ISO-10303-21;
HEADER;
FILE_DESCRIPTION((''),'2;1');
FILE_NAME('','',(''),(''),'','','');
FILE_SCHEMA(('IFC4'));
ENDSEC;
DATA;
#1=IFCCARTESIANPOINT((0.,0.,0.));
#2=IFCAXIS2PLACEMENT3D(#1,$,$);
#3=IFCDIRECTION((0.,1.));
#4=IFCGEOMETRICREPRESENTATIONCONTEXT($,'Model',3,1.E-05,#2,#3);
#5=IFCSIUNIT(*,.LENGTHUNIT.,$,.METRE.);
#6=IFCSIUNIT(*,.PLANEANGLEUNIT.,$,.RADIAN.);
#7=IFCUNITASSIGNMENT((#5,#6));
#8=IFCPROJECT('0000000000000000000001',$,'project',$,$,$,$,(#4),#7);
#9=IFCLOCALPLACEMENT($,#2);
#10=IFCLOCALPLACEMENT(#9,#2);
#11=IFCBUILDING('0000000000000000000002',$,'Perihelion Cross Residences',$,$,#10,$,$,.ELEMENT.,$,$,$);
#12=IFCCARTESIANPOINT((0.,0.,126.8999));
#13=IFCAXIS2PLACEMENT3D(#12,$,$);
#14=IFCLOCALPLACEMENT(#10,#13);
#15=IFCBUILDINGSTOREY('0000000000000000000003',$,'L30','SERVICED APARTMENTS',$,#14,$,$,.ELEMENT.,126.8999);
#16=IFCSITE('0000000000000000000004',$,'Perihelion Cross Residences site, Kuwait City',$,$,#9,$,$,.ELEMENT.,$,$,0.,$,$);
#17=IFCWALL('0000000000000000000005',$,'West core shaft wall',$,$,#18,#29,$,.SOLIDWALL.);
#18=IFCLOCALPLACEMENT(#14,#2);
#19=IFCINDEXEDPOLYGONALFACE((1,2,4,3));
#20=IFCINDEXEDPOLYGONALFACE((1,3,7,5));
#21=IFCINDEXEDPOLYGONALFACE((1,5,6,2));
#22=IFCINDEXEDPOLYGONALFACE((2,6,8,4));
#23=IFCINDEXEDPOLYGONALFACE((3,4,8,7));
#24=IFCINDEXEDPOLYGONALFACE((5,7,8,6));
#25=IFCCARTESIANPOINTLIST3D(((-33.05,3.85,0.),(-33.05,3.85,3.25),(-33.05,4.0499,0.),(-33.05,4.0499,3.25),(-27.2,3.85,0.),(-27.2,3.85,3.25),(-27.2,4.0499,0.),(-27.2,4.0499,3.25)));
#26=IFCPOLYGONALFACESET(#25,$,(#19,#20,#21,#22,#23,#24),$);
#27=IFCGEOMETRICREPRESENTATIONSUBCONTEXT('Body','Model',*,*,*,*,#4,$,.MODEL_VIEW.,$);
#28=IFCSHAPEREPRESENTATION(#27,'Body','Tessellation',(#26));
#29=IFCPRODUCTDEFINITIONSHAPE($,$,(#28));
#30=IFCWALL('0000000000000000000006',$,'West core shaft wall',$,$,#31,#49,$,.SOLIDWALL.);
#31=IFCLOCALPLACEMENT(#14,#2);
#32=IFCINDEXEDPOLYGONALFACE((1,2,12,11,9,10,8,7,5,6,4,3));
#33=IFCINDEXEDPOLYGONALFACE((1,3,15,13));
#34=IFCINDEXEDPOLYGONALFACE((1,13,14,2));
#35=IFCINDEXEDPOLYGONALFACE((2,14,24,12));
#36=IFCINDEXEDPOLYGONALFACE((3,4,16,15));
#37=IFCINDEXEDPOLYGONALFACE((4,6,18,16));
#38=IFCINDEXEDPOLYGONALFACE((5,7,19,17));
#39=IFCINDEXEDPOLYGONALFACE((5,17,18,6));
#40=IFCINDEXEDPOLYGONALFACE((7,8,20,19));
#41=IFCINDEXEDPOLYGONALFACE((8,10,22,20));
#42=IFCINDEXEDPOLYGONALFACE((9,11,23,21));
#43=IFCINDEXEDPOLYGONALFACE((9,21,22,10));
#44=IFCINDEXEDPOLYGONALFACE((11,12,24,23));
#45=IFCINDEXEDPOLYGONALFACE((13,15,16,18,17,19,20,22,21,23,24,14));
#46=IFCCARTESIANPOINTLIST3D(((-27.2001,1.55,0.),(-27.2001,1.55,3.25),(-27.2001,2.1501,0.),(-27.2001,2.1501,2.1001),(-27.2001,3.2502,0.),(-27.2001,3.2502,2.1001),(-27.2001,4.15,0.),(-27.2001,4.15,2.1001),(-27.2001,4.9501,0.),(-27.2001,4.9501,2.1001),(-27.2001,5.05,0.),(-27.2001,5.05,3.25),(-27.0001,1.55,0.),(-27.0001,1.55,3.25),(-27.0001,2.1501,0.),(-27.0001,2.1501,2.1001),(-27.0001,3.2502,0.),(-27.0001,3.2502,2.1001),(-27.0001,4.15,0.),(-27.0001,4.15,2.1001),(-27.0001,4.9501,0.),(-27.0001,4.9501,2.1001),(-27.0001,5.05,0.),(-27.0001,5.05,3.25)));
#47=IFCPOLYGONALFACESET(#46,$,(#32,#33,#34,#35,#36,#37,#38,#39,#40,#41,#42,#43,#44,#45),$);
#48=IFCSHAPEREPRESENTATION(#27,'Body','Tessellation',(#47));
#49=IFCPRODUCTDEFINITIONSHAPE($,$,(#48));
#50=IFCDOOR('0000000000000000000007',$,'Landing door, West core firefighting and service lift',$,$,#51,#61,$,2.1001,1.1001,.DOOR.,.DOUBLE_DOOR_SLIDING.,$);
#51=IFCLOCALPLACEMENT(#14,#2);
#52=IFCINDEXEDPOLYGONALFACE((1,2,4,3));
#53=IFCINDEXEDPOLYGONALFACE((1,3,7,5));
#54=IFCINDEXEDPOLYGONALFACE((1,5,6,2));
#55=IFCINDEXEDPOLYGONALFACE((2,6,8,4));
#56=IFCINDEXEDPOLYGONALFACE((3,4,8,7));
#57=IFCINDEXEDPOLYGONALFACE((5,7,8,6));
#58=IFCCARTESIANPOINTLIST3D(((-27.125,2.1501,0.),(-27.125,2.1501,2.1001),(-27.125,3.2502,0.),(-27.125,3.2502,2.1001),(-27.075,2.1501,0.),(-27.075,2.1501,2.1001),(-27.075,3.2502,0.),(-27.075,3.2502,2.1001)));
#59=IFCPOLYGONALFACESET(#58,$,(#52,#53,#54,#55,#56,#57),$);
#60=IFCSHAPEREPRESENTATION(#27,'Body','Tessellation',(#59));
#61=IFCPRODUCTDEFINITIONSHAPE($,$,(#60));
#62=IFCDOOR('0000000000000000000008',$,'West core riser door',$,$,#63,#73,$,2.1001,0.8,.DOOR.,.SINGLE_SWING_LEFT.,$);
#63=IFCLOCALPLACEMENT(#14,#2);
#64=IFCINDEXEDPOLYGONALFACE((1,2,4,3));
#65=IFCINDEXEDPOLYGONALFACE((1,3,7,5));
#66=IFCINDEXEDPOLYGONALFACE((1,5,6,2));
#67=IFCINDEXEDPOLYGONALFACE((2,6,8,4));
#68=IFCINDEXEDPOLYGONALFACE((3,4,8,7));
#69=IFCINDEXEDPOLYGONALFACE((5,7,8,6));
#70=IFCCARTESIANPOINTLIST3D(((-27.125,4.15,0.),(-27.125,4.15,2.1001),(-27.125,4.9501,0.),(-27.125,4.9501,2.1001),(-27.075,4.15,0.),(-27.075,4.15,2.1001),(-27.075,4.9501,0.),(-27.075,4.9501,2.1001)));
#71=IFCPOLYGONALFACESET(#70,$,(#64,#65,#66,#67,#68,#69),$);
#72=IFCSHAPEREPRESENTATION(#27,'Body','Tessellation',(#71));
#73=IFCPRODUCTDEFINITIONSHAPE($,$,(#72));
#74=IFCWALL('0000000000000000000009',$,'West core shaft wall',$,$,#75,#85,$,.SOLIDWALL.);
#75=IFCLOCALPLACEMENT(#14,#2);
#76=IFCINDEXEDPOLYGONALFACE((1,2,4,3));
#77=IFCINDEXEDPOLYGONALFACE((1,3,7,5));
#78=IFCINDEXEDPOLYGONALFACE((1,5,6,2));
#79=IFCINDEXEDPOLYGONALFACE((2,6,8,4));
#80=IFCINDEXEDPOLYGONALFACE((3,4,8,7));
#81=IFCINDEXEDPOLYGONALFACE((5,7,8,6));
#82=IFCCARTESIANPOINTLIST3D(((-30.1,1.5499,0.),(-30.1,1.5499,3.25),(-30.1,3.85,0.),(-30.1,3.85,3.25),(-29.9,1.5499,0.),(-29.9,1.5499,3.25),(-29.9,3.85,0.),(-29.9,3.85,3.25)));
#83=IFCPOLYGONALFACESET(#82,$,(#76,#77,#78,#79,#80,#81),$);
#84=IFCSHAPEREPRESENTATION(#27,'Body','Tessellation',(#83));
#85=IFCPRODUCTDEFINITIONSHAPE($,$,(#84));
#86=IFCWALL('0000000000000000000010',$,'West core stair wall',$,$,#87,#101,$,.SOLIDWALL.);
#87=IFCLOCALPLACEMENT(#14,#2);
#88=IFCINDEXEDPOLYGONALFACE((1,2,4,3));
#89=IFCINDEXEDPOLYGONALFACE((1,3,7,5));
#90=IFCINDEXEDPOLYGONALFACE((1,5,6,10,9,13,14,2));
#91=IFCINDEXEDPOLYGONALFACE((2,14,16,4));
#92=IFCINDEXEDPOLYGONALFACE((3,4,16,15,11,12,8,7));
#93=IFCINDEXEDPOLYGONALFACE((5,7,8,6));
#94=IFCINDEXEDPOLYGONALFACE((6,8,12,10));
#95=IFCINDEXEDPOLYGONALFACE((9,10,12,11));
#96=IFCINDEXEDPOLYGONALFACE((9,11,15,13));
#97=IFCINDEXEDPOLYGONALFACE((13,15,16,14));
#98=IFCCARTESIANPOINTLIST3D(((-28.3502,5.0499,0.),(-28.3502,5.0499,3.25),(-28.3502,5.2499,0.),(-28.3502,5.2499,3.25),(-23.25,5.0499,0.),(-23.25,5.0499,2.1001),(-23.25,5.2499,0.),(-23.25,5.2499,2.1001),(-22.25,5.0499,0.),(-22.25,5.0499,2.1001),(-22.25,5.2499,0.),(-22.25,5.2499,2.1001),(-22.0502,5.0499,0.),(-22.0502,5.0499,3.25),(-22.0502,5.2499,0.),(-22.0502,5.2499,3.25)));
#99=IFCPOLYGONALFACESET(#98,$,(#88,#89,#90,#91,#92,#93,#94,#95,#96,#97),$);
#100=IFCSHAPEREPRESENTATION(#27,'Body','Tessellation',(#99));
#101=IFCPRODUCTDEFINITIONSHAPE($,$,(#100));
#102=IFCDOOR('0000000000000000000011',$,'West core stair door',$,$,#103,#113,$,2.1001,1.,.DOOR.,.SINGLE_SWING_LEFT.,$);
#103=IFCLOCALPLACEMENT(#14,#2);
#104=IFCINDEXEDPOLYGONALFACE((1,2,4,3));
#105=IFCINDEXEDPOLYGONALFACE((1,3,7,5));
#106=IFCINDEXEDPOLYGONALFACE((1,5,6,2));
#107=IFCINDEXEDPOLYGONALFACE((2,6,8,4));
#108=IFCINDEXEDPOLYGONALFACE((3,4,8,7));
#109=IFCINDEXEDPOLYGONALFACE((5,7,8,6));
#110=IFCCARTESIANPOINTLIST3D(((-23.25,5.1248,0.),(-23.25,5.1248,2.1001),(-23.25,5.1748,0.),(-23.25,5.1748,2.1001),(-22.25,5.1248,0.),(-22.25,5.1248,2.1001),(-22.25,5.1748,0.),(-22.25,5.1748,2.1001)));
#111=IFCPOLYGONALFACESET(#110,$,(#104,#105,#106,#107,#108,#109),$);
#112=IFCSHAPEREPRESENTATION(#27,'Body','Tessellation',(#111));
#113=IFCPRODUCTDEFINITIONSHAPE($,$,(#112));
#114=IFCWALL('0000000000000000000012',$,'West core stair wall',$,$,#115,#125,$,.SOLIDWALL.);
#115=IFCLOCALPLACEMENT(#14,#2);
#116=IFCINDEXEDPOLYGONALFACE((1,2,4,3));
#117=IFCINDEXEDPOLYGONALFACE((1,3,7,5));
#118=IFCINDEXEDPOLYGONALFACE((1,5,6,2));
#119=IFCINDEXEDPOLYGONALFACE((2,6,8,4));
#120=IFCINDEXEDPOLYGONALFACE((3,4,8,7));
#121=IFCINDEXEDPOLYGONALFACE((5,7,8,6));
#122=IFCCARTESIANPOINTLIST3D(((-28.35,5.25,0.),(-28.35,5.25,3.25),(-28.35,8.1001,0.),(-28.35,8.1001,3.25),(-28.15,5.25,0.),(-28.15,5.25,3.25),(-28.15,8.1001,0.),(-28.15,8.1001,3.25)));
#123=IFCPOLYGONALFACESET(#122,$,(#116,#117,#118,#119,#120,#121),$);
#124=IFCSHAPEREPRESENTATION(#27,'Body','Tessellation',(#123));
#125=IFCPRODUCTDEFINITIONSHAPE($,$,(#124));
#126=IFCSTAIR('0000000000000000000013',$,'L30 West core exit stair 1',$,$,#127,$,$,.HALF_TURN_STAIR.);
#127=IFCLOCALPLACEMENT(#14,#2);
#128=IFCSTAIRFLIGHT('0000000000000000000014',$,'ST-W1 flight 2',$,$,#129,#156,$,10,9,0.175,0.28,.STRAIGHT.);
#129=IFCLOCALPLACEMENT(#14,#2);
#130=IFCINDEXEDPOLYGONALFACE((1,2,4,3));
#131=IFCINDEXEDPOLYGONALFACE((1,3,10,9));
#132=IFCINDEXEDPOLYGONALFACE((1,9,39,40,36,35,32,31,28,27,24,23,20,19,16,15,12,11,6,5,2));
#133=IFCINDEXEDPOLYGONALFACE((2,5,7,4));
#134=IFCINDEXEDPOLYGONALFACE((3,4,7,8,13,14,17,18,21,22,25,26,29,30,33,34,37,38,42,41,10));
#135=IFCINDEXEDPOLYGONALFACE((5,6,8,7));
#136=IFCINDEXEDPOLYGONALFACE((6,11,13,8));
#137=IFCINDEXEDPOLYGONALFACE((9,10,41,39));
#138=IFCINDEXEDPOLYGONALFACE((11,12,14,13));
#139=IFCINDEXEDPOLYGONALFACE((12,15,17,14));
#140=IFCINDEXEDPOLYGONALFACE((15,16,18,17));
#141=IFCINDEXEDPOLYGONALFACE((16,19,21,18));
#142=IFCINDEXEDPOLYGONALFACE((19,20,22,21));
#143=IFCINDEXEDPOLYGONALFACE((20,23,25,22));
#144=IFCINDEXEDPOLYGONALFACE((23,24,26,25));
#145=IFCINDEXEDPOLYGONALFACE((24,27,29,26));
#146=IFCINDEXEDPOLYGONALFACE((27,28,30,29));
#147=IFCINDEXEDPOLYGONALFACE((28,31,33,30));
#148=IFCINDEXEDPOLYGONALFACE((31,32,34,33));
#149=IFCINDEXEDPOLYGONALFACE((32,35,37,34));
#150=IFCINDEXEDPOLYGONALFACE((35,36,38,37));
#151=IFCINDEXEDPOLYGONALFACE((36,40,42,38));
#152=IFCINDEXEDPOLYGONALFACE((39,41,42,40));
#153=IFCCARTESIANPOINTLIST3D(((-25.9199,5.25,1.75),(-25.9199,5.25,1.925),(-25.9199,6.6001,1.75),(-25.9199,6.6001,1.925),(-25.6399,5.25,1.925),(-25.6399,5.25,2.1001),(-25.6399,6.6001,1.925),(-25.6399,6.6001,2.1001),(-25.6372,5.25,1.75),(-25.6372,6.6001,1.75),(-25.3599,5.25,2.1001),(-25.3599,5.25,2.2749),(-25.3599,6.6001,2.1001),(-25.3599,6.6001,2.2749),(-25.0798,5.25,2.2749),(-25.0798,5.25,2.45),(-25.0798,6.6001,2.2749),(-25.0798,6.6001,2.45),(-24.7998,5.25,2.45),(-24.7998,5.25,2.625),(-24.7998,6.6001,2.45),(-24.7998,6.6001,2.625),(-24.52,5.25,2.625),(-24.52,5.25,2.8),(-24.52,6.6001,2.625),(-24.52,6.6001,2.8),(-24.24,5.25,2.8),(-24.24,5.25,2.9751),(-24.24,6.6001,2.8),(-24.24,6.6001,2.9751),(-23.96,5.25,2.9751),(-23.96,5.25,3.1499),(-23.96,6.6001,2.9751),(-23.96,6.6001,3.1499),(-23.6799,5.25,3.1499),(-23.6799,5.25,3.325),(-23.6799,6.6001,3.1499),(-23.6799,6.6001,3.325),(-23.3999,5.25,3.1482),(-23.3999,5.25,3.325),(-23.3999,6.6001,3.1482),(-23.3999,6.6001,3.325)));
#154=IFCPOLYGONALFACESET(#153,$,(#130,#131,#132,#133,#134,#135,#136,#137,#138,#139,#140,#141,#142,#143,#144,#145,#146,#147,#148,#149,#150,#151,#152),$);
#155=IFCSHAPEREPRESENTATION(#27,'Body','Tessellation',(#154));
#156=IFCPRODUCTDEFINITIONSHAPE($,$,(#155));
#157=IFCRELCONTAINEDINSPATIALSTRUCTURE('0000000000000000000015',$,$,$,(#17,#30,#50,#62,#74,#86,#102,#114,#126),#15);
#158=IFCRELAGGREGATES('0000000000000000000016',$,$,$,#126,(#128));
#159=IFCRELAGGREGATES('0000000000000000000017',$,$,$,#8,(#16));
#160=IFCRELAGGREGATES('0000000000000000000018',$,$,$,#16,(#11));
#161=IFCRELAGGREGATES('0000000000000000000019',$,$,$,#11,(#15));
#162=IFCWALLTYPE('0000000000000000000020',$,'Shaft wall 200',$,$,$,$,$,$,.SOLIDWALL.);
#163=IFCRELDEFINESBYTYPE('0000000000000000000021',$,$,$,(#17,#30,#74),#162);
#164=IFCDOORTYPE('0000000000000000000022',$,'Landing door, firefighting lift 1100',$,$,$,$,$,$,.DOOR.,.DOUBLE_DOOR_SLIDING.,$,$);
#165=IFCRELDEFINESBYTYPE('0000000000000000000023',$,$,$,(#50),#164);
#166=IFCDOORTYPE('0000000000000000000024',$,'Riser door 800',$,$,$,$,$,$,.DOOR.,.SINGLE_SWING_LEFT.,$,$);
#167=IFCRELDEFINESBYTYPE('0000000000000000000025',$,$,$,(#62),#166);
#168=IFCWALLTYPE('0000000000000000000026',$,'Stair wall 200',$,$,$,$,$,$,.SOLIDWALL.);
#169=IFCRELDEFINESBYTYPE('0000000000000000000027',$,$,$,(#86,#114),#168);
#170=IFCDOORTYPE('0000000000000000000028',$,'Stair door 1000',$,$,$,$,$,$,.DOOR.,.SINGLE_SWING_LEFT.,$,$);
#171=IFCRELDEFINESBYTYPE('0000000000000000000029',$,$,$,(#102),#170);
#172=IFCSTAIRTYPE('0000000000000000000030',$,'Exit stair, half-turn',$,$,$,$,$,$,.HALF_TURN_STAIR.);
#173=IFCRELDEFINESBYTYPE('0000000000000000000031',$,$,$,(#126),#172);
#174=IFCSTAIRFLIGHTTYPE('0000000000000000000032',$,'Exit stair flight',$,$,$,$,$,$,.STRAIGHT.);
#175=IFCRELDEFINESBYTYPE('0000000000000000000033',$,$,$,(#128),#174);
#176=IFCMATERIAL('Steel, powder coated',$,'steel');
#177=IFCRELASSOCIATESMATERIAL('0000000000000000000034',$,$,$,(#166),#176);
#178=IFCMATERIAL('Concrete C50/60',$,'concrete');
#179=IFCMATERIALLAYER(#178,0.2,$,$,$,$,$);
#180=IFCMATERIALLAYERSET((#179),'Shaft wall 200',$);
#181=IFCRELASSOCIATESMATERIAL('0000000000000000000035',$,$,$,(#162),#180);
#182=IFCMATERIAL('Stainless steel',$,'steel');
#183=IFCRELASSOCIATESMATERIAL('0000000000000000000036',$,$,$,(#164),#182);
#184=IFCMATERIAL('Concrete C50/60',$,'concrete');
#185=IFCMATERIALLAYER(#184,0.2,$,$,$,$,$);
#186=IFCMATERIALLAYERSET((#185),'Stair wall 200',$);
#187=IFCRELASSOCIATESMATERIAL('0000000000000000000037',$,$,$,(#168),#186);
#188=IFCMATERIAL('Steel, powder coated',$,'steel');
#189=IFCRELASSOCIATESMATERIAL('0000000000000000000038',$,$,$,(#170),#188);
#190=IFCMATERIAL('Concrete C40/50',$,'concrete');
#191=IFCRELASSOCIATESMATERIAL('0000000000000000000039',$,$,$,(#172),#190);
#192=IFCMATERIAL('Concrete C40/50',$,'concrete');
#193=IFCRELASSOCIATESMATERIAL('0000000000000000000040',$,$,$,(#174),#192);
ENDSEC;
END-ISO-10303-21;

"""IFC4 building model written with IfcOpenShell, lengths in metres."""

from ifc_helpers import new_model, si_unit, direction, frame, frame_2d, origin, place, context, subcontext, project, spatial, polyline, rectangle, outline, extrude, material, layer, layer_set, type_object, element, fill, aggregate, save


model = new_model("IFC4")

# Units and contexts
model_context = context("Model", 3, precision=1e-05, world=origin(), true_north=direction((0.0, 1.0)))
body_context = subcontext(model_context, "Body", "Model", "MODEL_VIEW")
ifc_project = project(units=[si_unit("LENGTHUNIT", "METRE"), si_unit("PLANEANGLEUNIT", "RADIAN")], contexts=[model_context])

# Site, building, storey
site_placement = place(None, origin())
site = spatial("IfcSite", under=ifc_project, at=site_placement, Name="Perihelion Cross Residences site, Kuwait City", CompositionType="ELEMENT", RefElevation=0.0)
building_placement = place(site_placement, origin())
building = spatial("IfcBuilding", under=site, at=building_placement, Name="Perihelion Cross Residences", CompositionType="ELEMENT")
storey_placement = place(building_placement, frame((0.0, 0.0, 126.8999)))
storey = spatial("IfcBuildingStorey", under=building, at=storey_placement, Name="L30", Description="SERVICED APARTMENTS", CompositionType="ELEMENT", Elevation=126.8999)

# Shared definitions
ifc_material_1 = material(Name="Steel, powder coated", Category="steel")
door_type_1 = type_object("IfcDoorType", Name="Riser door 800", OperationType="SINGLE_SWING_LEFT", PredefinedType="DOOR", material=ifc_material_1)

# Shared definitions
ifc_material_2 = material(Name="Concrete C50/60", Category="concrete")
ifc_layer_1 = layer(ifc_material_2, 0.2)
ifc_layer_set_1 = layer_set([ifc_layer_1], Name="Shaft wall 200")
wall_type_1 = type_object("IfcWallType", Name="Shaft wall 200", PredefinedType="SOLIDWALL", material=ifc_layer_set_1)

# Wall
wall_1_placement = place(storey_placement, frame((-33.05, 3.95, 0.0), z_axis=(0.0, 0.0, 1.0), x_axis=(1.0, 0.0, 0.0)))
element("IfcWall", 1, at=wall_1_placement, inside=storey, type_object=wall_type_1, Name="West core shaft wall", PredefinedType="SOLIDWALL", context=body_context, shape_type="SweptSolid", body=[
    extrude(rectangle(XDim=5.8501, YDim=0.2, at=frame_2d((2.925, 0.0))), origin(), (0.0, 0.0, 1.0), 3.25),
])

# Wall, openings, doors
wall_2_placement = place(storey_placement, frame((-27.1001, 1.55, 0.0), z_axis=(0.0, 0.0, 1.0), x_axis=(0.0, 1.0, 0.0)))
wall_2 = element("IfcWall", 2, at=wall_2_placement, inside=storey, type_object=wall_type_1, Name="West core shaft wall", PredefinedType="SOLIDWALL", context=body_context, shape_type="SweptSolid", body=[
    extrude(rectangle(XDim=3.5, YDim=0.2, at=frame_2d((1.75, 0.0))), origin(), (0.0, 0.0, 1.0), 3.25),
])
opening_1_placement = place(wall_2_placement, frame((0.6001, 0.0, 0.0)))
opening_1 = element("IfcOpeningElement", 3, at=opening_1_placement, cuts=wall_2, PredefinedType="OPENING", context=body_context, shape_type="SweptSolid", body=[
    extrude(rectangle(XDim=1.1001, YDim=2.1001, at=frame_2d((0.55, 1.05))), frame((0.0, 0.1099, 0.0), z_axis=(0.0, -1.0, 0.0), x_axis=(1.0, 0.0, 0.0)), (0.0, 0.0, 1.0), 0.22),
])
opening_2_placement = place(wall_2_placement, frame((2.6001, 0.0, 0.0)))
opening_2 = element("IfcOpeningElement", 4, at=opening_2_placement, cuts=wall_2, PredefinedType="OPENING", context=body_context, shape_type="SweptSolid", body=[
    extrude(rectangle(XDim=0.8, YDim=2.1001, at=frame_2d((0.3999, 1.05))), frame((0.0, 0.1099, 0.0), z_axis=(0.0, -1.0, 0.0), x_axis=(1.0, 0.0, 0.0)), (0.0, 0.0, 1.0), 0.22),
])
ifc_material_3 = material(Name="Stainless steel", Category="steel")
door_type_2 = type_object("IfcDoorType", Name="Landing door, firefighting lift 1100", OperationType="DOUBLE_DOOR_SLIDING", PredefinedType="DOOR", material=ifc_material_3)
door_1_placement = place(opening_1_placement, origin())
door_1 = element("IfcDoor", 5, at=door_1_placement, inside=storey, type_object=door_type_2, Name="Landing door, West core firefighting and service lift", OperationType="DOUBLE_DOOR_SLIDING", OverallHeight=2.1001, OverallWidth=1.1001, PredefinedType="DOOR", context=body_context, shape_type="SweptSolid", body=[
    extrude(rectangle(XDim=1.1001, YDim=2.1001, at=frame_2d((0.55, 1.05))), frame((0.0, 0.0249, 0.0), z_axis=(0.0, -1.0, 0.0), x_axis=(1.0, 0.0, 0.0)), (0.0, 0.0, 1.0), 0.05),
])
fill(opening_1, door_1)
door_2_placement = place(opening_2_placement, origin())
door_2 = element("IfcDoor", 6, at=door_2_placement, inside=storey, type_object=door_type_1, Name="West core riser door", OperationType="SINGLE_SWING_LEFT", OverallHeight=2.1001, OverallWidth=0.8, PredefinedType="DOOR", context=body_context, shape_type="SweptSolid", body=[
    extrude(rectangle(XDim=0.8, YDim=2.1001, at=frame_2d((0.3999, 1.05))), frame((0.0, 0.0249, 0.0), z_axis=(0.0, -1.0, 0.0), x_axis=(1.0, 0.0, 0.0)), (0.0, 0.0, 1.0), 0.05),
])
fill(opening_2, door_2)

# Wall
wall_3_placement = place(storey_placement, frame((-30.0, 1.55, 0.0), z_axis=(0.0, 0.0, 1.0), x_axis=(0.0, 1.0, 0.0)))
element("IfcWall", 7, at=wall_3_placement, inside=storey, type_object=wall_type_1, Name="West core shaft wall", PredefinedType="SOLIDWALL", context=body_context, shape_type="SweptSolid", body=[
    extrude(rectangle(XDim=2.3, YDim=0.2, at=frame_2d((1.1499, 0.0))), origin(), (0.0, 0.0, 1.0), 3.25),
])

# Wall, opening, door
ifc_material_4 = material(Name="Concrete C50/60", Category="concrete")
ifc_layer_2 = layer(ifc_material_4, 0.2)
ifc_layer_set_2 = layer_set([ifc_layer_2], Name="Stair wall 200")
wall_type_2 = type_object("IfcWallType", Name="Stair wall 200", PredefinedType="SOLIDWALL", material=ifc_layer_set_2)
wall_4_placement = place(storey_placement, frame((-28.3501, 5.1499, 0.0), z_axis=(0.0, 0.0, 1.0), x_axis=(1.0, 0.0, 0.0)))
wall_4 = element("IfcWall", 8, at=wall_4_placement, inside=storey, type_object=wall_type_2, Name="West core stair wall", PredefinedType="SOLIDWALL", context=body_context, shape_type="SweptSolid", body=[
    extrude(rectangle(XDim=6.3, YDim=0.2, at=frame_2d((3.1499, 0.0))), origin(), (0.0, 0.0, 1.0), 3.25),
])
opening_3_placement = place(wall_4_placement, frame((5.1001, 0.0, 0.0)))
opening_3 = element("IfcOpeningElement", 9, at=opening_3_placement, cuts=wall_4, PredefinedType="OPENING", context=body_context, shape_type="SweptSolid", body=[
    extrude(rectangle(XDim=1.0, YDim=2.1001, at=frame_2d((0.5, 1.05))), frame((0.0, 0.1099, 0.0), z_axis=(0.0, -1.0, 0.0), x_axis=(1.0, 0.0, 0.0)), (0.0, 0.0, 1.0), 0.22),
])
ifc_material_5 = material(Name="Steel, powder coated", Category="steel")
door_type_3 = type_object("IfcDoorType", Name="Stair door 1000", OperationType="SINGLE_SWING_LEFT", PredefinedType="DOOR", material=ifc_material_5)
door_3_placement = place(opening_3_placement, origin())
door_3 = element("IfcDoor", 10, at=door_3_placement, inside=storey, type_object=door_type_3, Name="West core stair door", OperationType="SINGLE_SWING_LEFT", OverallHeight=2.1001, OverallWidth=1.0, PredefinedType="DOOR", context=body_context, shape_type="SweptSolid", body=[
    extrude(rectangle(XDim=1.0, YDim=2.1001, at=frame_2d((0.5, 1.05))), frame((0.0, 0.0249, 0.0), z_axis=(0.0, -1.0, 0.0), x_axis=(1.0, 0.0, 0.0)), (0.0, 0.0, 1.0), 0.05),
])
fill(opening_3, door_3)

# Wall
wall_5_placement = place(storey_placement, frame((-28.25, 5.25, 0.0), z_axis=(0.0, 0.0, 1.0), x_axis=(0.0, 1.0, 0.0)))
element("IfcWall", 11, at=wall_5_placement, inside=storey, type_object=wall_type_2, Name="West core stair wall", PredefinedType="SOLIDWALL", context=body_context, shape_type="SweptSolid", body=[
    extrude(rectangle(XDim=2.8501, YDim=0.2, at=frame_2d((1.425, 0.0))), origin(), (0.0, 0.0, 1.0), 3.25),
])

# Stair, stair flight
ifc_material_6 = material(Name="Concrete C40/50", Category="concrete")
stair_type = type_object("IfcStairType", Name="Exit stair, half-turn", PredefinedType="HALF_TURN_STAIR", material=ifc_material_6)
stair_placement = place(storey_placement, origin())
stair = element("IfcStair", 12, at=stair_placement, inside=storey, type_object=stair_type, Name="L30 West core exit stair 1", PredefinedType="HALF_TURN_STAIR")
ifc_material_7 = material(Name="Concrete C40/50", Category="concrete")
stair_flight_type = type_object("IfcStairFlightType", Name="Exit stair flight", PredefinedType="STRAIGHT", material=ifc_material_7)
stair_flight_placement = place(storey_placement, frame((-25.9199, 5.925, 1.75), z_axis=(0.0, 0.0, 1.0), x_axis=(1.0, 0.0, 0.0)))
stair_flight = element("IfcStairFlight", 13, at=stair_flight_placement, type_object=stair_flight_type, Name="ST-W1 flight 2", NumberOfRisers=10, NumberOfTreads=9, PredefinedType="STRAIGHT", RiserHeight=0.175, TreadLength=0.28, context=body_context, shape_type="SweptSolid", body=[
    extrude(outline(polyline([(0.0, 0.0), (0.0, 0.175), (0.28, 0.175), (0.28, 0.3501), (0.5601, 0.3501), (0.5601, 0.5249), (0.8401, 0.5249), (0.8401, 0.7), (1.1201, 0.7), (1.1201, 0.875), (1.3999, 0.875), (1.3999, 1.05), (1.6799, 1.05), (1.6799, 1.2251), (1.96, 1.2251), (1.96, 1.3999), (2.24, 1.3999), (2.24, 1.575), (2.52, 1.575), (2.52, 1.75), (2.52, 1.3982), (0.2827, 0.0), (0.0, 0.0)])), frame((0.0, 0.675, 0.0), z_axis=(0.0, -1.0, 0.0), x_axis=(1.0, 0.0, 0.0)), (0.0, 0.0, 1.0), 1.3501),
])
aggregate(stair, [stair_flight])

save(model, "model.ifc")
